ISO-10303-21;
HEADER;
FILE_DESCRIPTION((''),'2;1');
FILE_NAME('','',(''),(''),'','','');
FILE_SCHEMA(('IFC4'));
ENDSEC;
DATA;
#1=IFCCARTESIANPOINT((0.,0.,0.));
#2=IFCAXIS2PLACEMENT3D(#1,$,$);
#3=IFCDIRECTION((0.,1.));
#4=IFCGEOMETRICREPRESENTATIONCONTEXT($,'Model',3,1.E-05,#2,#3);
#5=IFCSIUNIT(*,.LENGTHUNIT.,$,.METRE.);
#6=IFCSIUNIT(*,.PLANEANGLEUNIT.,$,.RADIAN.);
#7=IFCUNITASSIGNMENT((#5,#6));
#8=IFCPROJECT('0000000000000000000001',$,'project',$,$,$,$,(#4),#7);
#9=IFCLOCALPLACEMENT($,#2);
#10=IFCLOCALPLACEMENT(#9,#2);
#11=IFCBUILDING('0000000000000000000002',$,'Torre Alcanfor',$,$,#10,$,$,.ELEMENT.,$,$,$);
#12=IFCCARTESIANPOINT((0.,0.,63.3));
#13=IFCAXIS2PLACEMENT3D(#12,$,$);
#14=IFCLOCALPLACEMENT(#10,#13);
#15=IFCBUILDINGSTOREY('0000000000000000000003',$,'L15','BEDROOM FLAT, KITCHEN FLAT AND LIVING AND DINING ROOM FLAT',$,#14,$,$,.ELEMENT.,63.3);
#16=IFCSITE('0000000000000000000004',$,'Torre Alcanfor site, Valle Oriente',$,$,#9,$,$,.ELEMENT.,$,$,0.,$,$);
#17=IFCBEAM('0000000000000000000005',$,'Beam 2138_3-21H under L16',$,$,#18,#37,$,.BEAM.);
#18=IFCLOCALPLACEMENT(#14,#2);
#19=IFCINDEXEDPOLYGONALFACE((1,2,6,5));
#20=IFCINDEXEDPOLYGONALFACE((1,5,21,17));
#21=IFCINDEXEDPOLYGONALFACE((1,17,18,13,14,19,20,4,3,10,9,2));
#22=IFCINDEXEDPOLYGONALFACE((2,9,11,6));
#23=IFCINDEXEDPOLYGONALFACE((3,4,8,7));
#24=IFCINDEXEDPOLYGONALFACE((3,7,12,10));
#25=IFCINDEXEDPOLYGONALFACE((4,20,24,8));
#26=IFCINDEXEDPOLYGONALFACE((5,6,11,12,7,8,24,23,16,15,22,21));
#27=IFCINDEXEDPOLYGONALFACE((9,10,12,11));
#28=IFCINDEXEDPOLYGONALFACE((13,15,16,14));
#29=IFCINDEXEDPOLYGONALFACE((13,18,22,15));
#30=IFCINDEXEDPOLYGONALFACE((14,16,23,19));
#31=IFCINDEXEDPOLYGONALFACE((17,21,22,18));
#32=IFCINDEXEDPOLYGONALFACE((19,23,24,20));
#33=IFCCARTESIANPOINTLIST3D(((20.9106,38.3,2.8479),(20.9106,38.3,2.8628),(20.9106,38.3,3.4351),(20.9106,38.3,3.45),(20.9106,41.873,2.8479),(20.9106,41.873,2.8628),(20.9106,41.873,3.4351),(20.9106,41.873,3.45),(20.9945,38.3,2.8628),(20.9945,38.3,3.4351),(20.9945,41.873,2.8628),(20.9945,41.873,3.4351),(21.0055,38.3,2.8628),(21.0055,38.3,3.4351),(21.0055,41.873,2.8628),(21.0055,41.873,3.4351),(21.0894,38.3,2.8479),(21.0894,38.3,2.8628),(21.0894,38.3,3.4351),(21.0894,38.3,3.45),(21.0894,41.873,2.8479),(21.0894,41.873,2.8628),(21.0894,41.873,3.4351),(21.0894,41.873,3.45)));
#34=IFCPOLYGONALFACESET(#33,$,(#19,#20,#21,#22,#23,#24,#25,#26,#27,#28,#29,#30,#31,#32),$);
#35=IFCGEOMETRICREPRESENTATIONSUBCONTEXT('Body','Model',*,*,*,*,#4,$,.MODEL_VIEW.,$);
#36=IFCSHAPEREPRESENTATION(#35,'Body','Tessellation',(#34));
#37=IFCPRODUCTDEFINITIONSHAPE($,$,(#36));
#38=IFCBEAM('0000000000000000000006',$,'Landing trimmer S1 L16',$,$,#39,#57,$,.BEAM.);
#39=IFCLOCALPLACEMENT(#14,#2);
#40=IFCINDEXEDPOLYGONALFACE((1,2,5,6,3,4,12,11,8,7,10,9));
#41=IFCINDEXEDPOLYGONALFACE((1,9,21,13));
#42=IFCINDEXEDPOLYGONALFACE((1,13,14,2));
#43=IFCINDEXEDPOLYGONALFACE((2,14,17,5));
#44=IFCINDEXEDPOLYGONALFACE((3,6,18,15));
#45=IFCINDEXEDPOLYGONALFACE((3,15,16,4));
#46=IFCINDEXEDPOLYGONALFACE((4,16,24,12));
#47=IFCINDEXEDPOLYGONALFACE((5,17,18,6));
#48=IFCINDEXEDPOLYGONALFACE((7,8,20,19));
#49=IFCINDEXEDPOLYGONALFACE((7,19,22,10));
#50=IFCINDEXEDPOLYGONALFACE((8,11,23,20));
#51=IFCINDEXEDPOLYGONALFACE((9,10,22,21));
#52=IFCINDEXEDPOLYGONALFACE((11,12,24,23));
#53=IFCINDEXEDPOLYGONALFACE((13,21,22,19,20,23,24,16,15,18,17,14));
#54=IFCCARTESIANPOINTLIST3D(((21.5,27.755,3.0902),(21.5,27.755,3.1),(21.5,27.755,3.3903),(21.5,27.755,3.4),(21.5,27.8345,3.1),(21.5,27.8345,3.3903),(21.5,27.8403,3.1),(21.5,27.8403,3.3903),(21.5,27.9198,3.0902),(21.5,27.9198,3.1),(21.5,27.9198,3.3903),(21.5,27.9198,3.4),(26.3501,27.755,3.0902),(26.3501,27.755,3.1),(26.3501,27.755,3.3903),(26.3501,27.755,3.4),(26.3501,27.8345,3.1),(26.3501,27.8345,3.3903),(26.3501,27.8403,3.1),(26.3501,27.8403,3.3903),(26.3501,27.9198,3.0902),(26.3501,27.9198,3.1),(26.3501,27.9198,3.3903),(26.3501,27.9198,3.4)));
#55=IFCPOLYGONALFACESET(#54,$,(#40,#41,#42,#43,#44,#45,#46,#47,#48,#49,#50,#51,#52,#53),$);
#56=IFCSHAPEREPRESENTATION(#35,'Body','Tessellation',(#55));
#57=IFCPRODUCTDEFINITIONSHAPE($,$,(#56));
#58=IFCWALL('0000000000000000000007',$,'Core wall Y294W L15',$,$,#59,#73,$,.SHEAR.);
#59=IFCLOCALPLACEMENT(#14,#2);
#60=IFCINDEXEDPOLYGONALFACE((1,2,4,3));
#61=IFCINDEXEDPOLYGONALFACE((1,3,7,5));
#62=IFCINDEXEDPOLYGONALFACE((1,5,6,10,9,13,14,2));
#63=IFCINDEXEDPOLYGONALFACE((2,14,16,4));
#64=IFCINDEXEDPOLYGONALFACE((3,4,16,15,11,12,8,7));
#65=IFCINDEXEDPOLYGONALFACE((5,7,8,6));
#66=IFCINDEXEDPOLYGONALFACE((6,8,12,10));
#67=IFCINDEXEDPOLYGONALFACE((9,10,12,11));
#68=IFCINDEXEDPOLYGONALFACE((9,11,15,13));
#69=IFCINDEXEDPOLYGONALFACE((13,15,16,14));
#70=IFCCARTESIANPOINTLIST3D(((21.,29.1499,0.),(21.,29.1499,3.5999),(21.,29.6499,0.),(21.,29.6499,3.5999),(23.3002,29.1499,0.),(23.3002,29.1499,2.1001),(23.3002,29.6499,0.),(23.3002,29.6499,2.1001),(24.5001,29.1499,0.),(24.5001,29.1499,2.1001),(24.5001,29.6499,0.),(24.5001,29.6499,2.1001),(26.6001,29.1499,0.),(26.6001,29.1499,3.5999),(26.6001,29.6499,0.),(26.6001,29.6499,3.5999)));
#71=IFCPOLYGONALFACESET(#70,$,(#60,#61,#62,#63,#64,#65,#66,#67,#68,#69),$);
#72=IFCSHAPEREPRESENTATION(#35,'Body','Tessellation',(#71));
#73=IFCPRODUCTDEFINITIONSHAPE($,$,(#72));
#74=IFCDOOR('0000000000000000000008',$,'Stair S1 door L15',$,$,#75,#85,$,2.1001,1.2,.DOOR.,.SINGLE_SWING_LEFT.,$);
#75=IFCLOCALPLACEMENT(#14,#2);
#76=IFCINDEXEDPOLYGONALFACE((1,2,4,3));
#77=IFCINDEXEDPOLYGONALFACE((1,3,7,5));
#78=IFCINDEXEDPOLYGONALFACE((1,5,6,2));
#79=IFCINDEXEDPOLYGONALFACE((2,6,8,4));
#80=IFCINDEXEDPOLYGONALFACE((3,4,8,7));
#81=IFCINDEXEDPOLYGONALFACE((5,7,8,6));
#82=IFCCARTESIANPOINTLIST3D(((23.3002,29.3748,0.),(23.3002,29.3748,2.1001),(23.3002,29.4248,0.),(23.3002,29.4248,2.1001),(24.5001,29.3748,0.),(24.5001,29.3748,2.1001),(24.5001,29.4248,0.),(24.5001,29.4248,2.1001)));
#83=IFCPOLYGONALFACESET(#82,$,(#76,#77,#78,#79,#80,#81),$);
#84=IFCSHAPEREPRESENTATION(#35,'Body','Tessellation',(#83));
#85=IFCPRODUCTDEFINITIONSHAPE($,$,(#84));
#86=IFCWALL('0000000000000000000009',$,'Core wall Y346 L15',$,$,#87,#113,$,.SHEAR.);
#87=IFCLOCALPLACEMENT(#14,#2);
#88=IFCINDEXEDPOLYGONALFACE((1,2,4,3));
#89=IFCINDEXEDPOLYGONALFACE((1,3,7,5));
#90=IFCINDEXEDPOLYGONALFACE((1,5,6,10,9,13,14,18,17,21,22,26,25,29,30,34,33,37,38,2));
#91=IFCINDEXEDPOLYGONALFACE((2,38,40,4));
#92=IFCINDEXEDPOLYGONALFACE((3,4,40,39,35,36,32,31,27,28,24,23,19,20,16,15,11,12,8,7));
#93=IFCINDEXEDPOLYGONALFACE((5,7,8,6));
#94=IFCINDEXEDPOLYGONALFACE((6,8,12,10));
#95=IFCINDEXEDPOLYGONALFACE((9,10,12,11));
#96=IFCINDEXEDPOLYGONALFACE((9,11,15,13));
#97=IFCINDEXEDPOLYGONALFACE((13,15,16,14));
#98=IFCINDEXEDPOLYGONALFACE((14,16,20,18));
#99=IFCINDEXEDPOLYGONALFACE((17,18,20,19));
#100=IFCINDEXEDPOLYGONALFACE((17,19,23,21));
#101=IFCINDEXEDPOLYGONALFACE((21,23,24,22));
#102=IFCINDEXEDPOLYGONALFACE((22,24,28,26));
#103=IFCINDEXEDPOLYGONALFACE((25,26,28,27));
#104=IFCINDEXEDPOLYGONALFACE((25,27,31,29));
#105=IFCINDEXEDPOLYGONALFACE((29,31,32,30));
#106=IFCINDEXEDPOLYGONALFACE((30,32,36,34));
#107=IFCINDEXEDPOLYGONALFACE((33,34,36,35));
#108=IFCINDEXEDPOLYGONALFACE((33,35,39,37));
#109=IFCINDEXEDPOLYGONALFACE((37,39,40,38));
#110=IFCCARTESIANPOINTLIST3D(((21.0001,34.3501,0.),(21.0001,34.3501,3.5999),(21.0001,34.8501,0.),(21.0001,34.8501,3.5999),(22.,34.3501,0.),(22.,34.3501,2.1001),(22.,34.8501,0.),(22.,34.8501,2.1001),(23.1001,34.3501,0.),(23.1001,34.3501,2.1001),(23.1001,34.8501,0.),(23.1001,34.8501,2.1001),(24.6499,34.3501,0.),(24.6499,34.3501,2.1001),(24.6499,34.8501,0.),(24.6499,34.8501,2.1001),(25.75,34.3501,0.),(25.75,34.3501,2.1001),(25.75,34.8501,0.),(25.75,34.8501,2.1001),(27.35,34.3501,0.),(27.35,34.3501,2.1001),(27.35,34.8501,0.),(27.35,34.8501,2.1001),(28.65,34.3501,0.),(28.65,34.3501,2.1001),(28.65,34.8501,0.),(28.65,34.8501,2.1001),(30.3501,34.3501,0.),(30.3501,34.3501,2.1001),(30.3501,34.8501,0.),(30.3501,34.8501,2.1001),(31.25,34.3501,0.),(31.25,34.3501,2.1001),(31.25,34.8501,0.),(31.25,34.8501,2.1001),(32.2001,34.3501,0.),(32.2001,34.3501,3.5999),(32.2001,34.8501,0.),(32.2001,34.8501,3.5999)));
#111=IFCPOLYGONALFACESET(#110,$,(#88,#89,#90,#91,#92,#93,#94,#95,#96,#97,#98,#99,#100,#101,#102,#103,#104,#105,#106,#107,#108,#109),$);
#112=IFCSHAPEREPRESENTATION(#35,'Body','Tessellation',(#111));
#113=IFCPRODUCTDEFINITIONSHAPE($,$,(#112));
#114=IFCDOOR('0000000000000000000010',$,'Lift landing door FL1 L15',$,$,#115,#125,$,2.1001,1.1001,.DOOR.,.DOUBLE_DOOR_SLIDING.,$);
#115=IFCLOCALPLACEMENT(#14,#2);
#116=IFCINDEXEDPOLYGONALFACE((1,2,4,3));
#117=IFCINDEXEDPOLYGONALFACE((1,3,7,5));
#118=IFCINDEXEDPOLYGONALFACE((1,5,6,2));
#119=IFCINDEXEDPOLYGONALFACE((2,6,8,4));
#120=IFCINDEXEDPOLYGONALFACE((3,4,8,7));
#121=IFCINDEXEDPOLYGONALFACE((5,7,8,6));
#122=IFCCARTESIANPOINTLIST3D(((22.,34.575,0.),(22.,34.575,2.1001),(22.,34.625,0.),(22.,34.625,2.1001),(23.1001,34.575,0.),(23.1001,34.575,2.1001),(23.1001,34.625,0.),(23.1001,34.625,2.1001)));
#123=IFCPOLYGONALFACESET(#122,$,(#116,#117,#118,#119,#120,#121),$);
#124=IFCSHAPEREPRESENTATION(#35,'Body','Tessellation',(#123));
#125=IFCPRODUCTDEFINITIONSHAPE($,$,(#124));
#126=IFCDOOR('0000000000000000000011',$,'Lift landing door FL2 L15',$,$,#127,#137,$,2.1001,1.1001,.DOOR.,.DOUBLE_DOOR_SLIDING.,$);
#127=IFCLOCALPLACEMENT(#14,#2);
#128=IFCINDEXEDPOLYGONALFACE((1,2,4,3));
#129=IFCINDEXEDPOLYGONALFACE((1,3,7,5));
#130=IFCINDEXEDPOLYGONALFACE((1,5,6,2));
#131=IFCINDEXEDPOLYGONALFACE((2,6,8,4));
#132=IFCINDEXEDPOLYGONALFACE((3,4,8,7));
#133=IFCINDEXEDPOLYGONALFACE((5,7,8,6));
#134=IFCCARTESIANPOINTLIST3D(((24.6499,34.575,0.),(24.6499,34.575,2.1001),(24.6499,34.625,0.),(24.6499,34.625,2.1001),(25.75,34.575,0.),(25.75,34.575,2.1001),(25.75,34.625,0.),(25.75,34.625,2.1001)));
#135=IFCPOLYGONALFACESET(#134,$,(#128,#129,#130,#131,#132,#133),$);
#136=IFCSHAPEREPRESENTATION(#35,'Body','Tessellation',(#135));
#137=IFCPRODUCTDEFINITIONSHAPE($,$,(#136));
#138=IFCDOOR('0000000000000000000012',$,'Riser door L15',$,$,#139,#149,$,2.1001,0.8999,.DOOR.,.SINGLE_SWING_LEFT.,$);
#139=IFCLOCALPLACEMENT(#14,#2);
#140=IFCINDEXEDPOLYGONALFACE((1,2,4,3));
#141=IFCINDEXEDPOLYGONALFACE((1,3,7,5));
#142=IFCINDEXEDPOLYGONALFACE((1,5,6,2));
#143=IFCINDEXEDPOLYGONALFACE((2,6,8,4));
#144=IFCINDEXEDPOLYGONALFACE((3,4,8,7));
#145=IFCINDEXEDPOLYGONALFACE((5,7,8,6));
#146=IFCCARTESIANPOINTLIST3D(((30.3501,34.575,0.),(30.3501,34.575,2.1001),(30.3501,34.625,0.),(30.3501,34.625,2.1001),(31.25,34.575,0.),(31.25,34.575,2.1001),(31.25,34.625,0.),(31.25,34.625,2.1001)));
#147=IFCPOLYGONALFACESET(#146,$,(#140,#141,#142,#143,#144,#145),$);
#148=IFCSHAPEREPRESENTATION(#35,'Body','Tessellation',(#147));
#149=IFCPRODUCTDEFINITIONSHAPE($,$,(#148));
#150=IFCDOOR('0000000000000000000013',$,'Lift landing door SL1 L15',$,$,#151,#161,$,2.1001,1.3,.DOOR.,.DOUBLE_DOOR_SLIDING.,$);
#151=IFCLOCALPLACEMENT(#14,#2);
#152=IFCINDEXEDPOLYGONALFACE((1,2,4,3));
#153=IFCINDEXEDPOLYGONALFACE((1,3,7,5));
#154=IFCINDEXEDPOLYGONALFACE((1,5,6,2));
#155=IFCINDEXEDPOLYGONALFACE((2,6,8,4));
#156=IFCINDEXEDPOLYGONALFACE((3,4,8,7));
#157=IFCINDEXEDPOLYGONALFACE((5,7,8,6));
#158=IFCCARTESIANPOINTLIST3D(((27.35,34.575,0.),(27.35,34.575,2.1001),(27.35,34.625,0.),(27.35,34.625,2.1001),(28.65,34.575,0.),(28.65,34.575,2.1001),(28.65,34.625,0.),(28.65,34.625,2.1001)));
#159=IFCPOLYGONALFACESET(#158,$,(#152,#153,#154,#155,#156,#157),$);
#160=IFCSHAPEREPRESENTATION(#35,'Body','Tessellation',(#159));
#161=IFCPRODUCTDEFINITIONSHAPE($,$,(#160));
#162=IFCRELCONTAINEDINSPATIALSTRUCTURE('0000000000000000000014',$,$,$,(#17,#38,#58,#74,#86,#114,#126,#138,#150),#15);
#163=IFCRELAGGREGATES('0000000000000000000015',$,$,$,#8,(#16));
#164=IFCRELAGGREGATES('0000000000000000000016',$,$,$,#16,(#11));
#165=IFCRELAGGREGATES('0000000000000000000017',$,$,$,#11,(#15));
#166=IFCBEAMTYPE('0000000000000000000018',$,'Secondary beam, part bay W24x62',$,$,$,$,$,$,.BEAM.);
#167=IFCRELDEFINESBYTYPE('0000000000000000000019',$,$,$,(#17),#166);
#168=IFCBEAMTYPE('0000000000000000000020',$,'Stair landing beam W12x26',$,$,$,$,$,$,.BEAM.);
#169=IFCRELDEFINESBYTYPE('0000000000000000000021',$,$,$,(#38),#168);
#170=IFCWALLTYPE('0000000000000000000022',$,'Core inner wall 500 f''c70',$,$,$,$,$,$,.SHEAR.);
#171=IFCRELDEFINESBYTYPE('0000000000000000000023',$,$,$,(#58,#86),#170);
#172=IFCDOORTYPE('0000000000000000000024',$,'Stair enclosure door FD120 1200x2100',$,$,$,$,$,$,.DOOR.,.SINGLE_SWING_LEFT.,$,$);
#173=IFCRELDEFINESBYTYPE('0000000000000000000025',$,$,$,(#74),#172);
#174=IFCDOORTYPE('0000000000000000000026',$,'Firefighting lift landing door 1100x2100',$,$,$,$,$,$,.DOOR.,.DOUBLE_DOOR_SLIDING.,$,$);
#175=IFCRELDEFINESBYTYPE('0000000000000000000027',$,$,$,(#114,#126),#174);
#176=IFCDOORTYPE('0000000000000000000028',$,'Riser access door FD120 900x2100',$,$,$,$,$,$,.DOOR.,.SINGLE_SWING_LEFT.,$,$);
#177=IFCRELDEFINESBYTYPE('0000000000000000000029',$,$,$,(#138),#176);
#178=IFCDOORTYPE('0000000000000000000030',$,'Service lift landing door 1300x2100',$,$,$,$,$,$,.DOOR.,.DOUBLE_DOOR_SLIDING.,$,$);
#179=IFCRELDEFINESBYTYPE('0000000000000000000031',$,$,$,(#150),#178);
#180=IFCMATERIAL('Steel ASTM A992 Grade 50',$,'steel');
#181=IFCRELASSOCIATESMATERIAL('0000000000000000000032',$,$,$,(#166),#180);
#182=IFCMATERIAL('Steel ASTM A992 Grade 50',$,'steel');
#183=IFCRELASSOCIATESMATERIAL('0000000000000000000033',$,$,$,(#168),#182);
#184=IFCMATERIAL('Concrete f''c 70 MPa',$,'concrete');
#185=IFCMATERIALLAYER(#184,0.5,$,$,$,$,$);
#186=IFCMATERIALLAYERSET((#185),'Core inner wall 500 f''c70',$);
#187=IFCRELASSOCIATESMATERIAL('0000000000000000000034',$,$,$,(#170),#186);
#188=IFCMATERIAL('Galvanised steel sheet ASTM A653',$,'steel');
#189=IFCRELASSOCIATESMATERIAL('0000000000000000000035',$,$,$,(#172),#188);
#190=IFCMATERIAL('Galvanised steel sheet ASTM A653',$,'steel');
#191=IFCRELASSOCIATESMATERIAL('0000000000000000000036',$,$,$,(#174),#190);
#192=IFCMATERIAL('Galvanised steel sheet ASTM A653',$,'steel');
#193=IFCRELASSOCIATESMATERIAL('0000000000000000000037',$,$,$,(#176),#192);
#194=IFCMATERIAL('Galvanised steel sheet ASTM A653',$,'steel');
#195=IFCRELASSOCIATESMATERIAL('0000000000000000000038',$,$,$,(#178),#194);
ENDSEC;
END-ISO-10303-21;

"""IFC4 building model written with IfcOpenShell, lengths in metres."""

from ifc_helpers import new_model, si_unit, direction, frame, frame_2d, origin, origin_2d, place, context, subcontext, project, spatial, rectangle, i_section, extrude, material, layer, layer_set, material_profile, profile_set, type_object, element, fill, save


model = new_model("IFC4")

# Units and contexts
model_context = context("Model", 3, precision=1e-05, world=origin(), true_north=direction((0.0, 1.0)))
body_context = subcontext(model_context, "Body", "Model", "MODEL_VIEW")
ifc_project = project(units=[si_unit("LENGTHUNIT", "METRE"), si_unit("PLANEANGLEUNIT", "RADIAN")], contexts=[model_context])

# Site, building, storey
site_placement = place(None, origin())
site = spatial("IfcSite", under=ifc_project, at=site_placement, Name="Torre Alcanfor site, Valle Oriente", CompositionType="ELEMENT", RefElevation=0.0)
building_placement = place(site_placement, origin())
building = spatial("IfcBuilding", under=site, at=building_placement, Name="Torre Alcanfor", CompositionType="ELEMENT")
storey_placement = place(building_placement, frame((0.0, 0.0, 63.3)))
storey = spatial("IfcBuildingStorey", under=building, at=storey_placement, Name="L15", Description="BEDROOM FLAT, KITCHEN FLAT AND LIVING AND DINING ROOM FLAT", CompositionType="ELEMENT", Elevation=63.3)

# Beams
ifc_material_1 = material(Name="Steel ASTM A992 Grade 50", Category="steel")
ifc_material_profile_1 = material_profile(ifc_material_1, i_section(OverallWidth=0.1787, OverallDepth=0.6021, WebThickness=0.011, FlangeThickness=0.0149, at=origin_2d()), Name="W24x62")
ifc_profile_set_1 = profile_set([ifc_material_profile_1], Name="Steel ASTM A992 Grade 50")
beam_type_1 = type_object("IfcBeamType", Name="Secondary beam, part bay W24x62", PredefinedType="BEAM", material=ifc_profile_set_1)
beam_1_placement = place(storey_placement, frame((21.0, 38.3, 3.1489), z_axis=(0.0, 1.0, 0.0), x_axis=(-1.0, 0.0, 0.0)))
element("IfcBeam", 1, at=beam_1_placement, inside=storey, type_object=beam_type_1, Name="Beam 2138_3-21H under L16", PredefinedType="BEAM", context=body_context, shape_type="SweptSolid", body=[
    extrude(i_section(OverallWidth=0.1787, OverallDepth=0.6021, WebThickness=0.011, FlangeThickness=0.0149, at=origin_2d()), origin(), (0.0, 0.0, 1.0), 3.573),
])
ifc_material_2 = material(Name="Steel ASTM A992 Grade 50", Category="steel")
ifc_material_profile_2 = material_profile(ifc_material_2, i_section(OverallWidth=0.1648, OverallDepth=0.3098, WebThickness=0.0059, FlangeThickness=0.0098, at=origin_2d()), Name="W12x26")
ifc_profile_set_2 = profile_set([ifc_material_profile_2], Name="Steel ASTM A992 Grade 50")
beam_type_2 = type_object("IfcBeamType", Name="Stair landing beam W12x26", PredefinedType="BEAM", material=ifc_profile_set_2)
beam_2_placement = place(storey_placement, frame((21.5, 27.8374, 3.2451), z_axis=(1.0, 0.0, 0.0), x_axis=(0.0, 1.0, 0.0)))
element("IfcBeam", 2, at=beam_2_placement, inside=storey, type_object=beam_type_2, Name="Landing trimmer S1 L16", PredefinedType="BEAM", context=body_context, shape_type="SweptSolid", body=[
    extrude(i_section(OverallWidth=0.1648, OverallDepth=0.3098, WebThickness=0.0059, FlangeThickness=0.0098, at=origin_2d()), origin(), (0.0, 0.0, 1.0), 4.8501),
])

# Wall, opening, door
ifc_material_3 = material(Name="Concrete f'c 70 MPa", Category="concrete")
ifc_layer_1 = layer(ifc_material_3, 0.5)
ifc_layer_set_1 = layer_set([ifc_layer_1], Name="Core inner wall 500 f'c70")
wall_type_1 = type_object("IfcWallType", Name="Core inner wall 500 f'c70", PredefinedType="SHEAR", material=ifc_layer_set_1)
wall_1_placement = place(storey_placement, frame((21.0, 29.3999, 0.0), z_axis=(0.0, 0.0, 1.0), x_axis=(1.0, 0.0, 0.0)))
wall_1 = element("IfcWall", 3, at=wall_1_placement, inside=storey, type_object=wall_type_1, Name="Core wall Y294W L15", PredefinedType="SHEAR", context=body_context, shape_type="SweptSolid", body=[
    extrude(rectangle(XDim=5.6001, YDim=0.5, at=frame_2d((2.8, 0.0))), origin(), (0.0, 0.0, 1.0), 3.5999),
])
opening_1_placement = place(wall_1_placement, frame((2.3, 0.0, 0.0)))
opening_1 = element("IfcOpeningElement", 4, at=opening_1_placement, cuts=wall_1, PredefinedType="OPENING", context=body_context, shape_type="SweptSolid", body=[
    extrude(rectangle(XDim=1.2, YDim=2.1001, at=frame_2d((0.6001, 1.05))), frame((0.0, 0.26, 0.0), z_axis=(0.0, -1.0, 0.0), x_axis=(1.0, 0.0, 0.0)), (0.0, 0.0, 1.0), 0.52),
])
ifc_material_4 = material(Name="Galvanised steel sheet ASTM A653", Category="steel")
door_type_1 = type_object("IfcDoorType", Name="Stair enclosure door FD120 1200x2100", OperationType="SINGLE_SWING_LEFT", PredefinedType="DOOR", material=ifc_material_4)
door_1_placement = place(opening_1_placement, frame((1.2, 0.0, 0.0), z_axis=(0.0, 0.0, 1.0), x_axis=(-1.0, 0.0, 0.0)))
door_1 = element("IfcDoor", 5, at=door_1_placement, inside=storey, type_object=door_type_1, Name="Stair S1 door L15", OperationType="SINGLE_SWING_LEFT", OverallHeight=2.1001, OverallWidth=1.2, PredefinedType="DOOR", context=body_context, shape_type="SweptSolid", body=[
    extrude(rectangle(XDim=1.2, YDim=2.1001, at=frame_2d((0.5999, 1.05))), frame((0.0, 0.0251, 0.0), z_axis=(0.0, -1.0, 0.0), x_axis=(1.0, 0.0, 0.0)), (0.0, 0.0, 1.0), 0.05),
])
fill(opening_1, door_1)

# Wall, openings, doors
wall_2_placement = place(storey_placement, frame((21.0, 34.6001, 0.0), z_axis=(0.0, 0.0, 1.0), x_axis=(1.0, 0.0, 0.0)))
wall_2 = element("IfcWall", 6, at=wall_2_placement, inside=storey, type_object=wall_type_1, Name="Core wall Y346 L15", PredefinedType="SHEAR", context=body_context, shape_type="SweptSolid", body=[
    extrude(rectangle(XDim=11.2, YDim=0.5, at=frame_2d((5.6001, 0.0))), origin(), (0.0, 0.0, 1.0), 3.5999),
])
opening_2_placement = place(wall_2_placement, frame((9.3501, 0.0, 0.0)))
opening_2 = element("IfcOpeningElement", 7, at=opening_2_placement, cuts=wall_2, PredefinedType="OPENING", context=body_context, shape_type="SweptSolid", body=[
    extrude(rectangle(XDim=0.8999, YDim=2.1001, at=frame_2d((0.45, 1.05))), frame((0.0, 0.26, 0.0), z_axis=(0.0, -1.0, 0.0), x_axis=(1.0, 0.0, 0.0)), (0.0, 0.0, 1.0), 0.52),
])
opening_3_placement = place(wall_2_placement, frame((1.0, 0.0, 0.0)))
opening_3 = element("IfcOpeningElement", 8, at=opening_3_placement, cuts=wall_2, PredefinedType="OPENING", context=body_context, shape_type="SweptSolid", body=[
    extrude(rectangle(XDim=1.1001, YDim=2.1001, at=frame_2d((0.55, 1.05))), frame((0.0, 0.26, 0.0), z_axis=(0.0, -1.0, 0.0), x_axis=(1.0, 0.0, 0.0)), (0.0, 0.0, 1.0), 0.52),
])
opening_4_placement = place(wall_2_placement, frame((3.6499, 0.0, 0.0)))
opening_4 = element("IfcOpeningElement", 9, at=opening_4_placement, cuts=wall_2, PredefinedType="OPENING", context=body_context, shape_type="SweptSolid", body=[
    extrude(rectangle(XDim=1.1001, YDim=2.1001, at=frame_2d((0.55, 1.05))), frame((0.0, 0.26, 0.0), z_axis=(0.0, -1.0, 0.0), x_axis=(1.0, 0.0, 0.0)), (0.0, 0.0, 1.0), 0.52),
])
opening_5_placement = place(wall_2_placement, frame((6.3501, 0.0, 0.0)))
opening_5 = element("IfcOpeningElement", 10, at=opening_5_placement, cuts=wall_2, PredefinedType="OPENING", context=body_context, shape_type="SweptSolid", body=[
    extrude(rectangle(XDim=1.3, YDim=2.1001, at=frame_2d((0.6499, 1.05))), frame((0.0, 0.26, 0.0), z_axis=(0.0, -1.0, 0.0), x_axis=(1.0, 0.0, 0.0)), (0.0, 0.0, 1.0), 0.52),
])
ifc_material_5 = material(Name="Galvanised steel sheet ASTM A653", Category="steel")
door_type_2 = type_object("IfcDoorType", Name="Firefighting lift landing door 1100x2100", OperationType="DOUBLE_DOOR_SLIDING", PredefinedType="DOOR", material=ifc_material_5)
door_2_placement = place(opening_3_placement, origin())
door_2 = element("IfcDoor", 11, at=door_2_placement, inside=storey, type_object=door_type_2, Name="Lift landing door FL1 L15", OperationType="DOUBLE_DOOR_SLIDING", OverallHeight=2.1001, OverallWidth=1.1001, PredefinedType="DOOR", context=body_context, shape_type="SweptSolid", body=[
    extrude(rectangle(XDim=1.1001, YDim=2.1001, at=frame_2d((0.55, 1.05))), frame((0.0, 0.0249, 0.0), z_axis=(0.0, -1.0, 0.0), x_axis=(1.0, 0.0, 0.0)), (0.0, 0.0, 1.0), 0.05),
])
fill(opening_3, door_2)
door_3_placement = place(opening_4_placement, origin())
door_3 = element("IfcDoor", 12, at=door_3_placement, inside=storey, type_object=door_type_2, Name="Lift landing door FL2 L15", OperationType="DOUBLE_DOOR_SLIDING", OverallHeight=2.1001, OverallWidth=1.1001, PredefinedType="DOOR", context=body_context, shape_type="SweptSolid", body=[
    extrude(rectangle(XDim=1.1001, YDim=2.1001, at=frame_2d((0.55, 1.05))), frame((0.0, 0.0249, 0.0), z_axis=(0.0, -1.0, 0.0), x_axis=(1.0, 0.0, 0.0)), (0.0, 0.0, 1.0), 0.05),
])
fill(opening_4, door_3)
ifc_material_6 = material(Name="Galvanised steel sheet ASTM A653", Category="steel")
door_type_3 = type_object("IfcDoorType", Name="Riser access door FD120 900x2100", OperationType="SINGLE_SWING_LEFT", PredefinedType="DOOR", material=ifc_material_6)
door_4_placement = place(opening_2_placement, origin())
door_4 = element("IfcDoor", 13, at=door_4_placement, inside=storey, type_object=door_type_3, Name="Riser door L15", OperationType="SINGLE_SWING_LEFT", OverallHeight=2.1001, OverallWidth=0.8999, PredefinedType="DOOR", context=body_context, shape_type="SweptSolid", body=[
    extrude(rectangle(XDim=0.8999, YDim=2.1001, at=frame_2d((0.45, 1.05))), frame((0.0, 0.0249, 0.0), z_axis=(0.0, -1.0, 0.0), x_axis=(1.0, 0.0, 0.0)), (0.0, 0.0, 1.0), 0.05),
])
fill(opening_2, door_4)
ifc_material_7 = material(Name="Galvanised steel sheet ASTM A653", Category="steel")
door_type_4 = type_object("IfcDoorType", Name="Service lift landing door 1300x2100", OperationType="DOUBLE_DOOR_SLIDING", PredefinedType="DOOR", material=ifc_material_7)
door_5_placement = place(opening_5_placement, origin())
door_5 = element("IfcDoor", 14, at=door_5_placement, inside=storey, type_object=door_type_4, Name="Lift landing door SL1 L15", OperationType="DOUBLE_DOOR_SLIDING", OverallHeight=2.1001, OverallWidth=1.3, PredefinedType="DOOR", context=body_context, shape_type="SweptSolid", body=[
    extrude(rectangle(XDim=1.3, YDim=2.1001, at=frame_2d((0.6499, 1.05))), frame((0.0, 0.0249, 0.0), z_axis=(0.0, -1.0, 0.0), x_axis=(1.0, 0.0, 0.0)), (0.0, 0.0, 1.0), 0.05),
])
fill(opening_5, door_5)

save(model, "model.ifc")
